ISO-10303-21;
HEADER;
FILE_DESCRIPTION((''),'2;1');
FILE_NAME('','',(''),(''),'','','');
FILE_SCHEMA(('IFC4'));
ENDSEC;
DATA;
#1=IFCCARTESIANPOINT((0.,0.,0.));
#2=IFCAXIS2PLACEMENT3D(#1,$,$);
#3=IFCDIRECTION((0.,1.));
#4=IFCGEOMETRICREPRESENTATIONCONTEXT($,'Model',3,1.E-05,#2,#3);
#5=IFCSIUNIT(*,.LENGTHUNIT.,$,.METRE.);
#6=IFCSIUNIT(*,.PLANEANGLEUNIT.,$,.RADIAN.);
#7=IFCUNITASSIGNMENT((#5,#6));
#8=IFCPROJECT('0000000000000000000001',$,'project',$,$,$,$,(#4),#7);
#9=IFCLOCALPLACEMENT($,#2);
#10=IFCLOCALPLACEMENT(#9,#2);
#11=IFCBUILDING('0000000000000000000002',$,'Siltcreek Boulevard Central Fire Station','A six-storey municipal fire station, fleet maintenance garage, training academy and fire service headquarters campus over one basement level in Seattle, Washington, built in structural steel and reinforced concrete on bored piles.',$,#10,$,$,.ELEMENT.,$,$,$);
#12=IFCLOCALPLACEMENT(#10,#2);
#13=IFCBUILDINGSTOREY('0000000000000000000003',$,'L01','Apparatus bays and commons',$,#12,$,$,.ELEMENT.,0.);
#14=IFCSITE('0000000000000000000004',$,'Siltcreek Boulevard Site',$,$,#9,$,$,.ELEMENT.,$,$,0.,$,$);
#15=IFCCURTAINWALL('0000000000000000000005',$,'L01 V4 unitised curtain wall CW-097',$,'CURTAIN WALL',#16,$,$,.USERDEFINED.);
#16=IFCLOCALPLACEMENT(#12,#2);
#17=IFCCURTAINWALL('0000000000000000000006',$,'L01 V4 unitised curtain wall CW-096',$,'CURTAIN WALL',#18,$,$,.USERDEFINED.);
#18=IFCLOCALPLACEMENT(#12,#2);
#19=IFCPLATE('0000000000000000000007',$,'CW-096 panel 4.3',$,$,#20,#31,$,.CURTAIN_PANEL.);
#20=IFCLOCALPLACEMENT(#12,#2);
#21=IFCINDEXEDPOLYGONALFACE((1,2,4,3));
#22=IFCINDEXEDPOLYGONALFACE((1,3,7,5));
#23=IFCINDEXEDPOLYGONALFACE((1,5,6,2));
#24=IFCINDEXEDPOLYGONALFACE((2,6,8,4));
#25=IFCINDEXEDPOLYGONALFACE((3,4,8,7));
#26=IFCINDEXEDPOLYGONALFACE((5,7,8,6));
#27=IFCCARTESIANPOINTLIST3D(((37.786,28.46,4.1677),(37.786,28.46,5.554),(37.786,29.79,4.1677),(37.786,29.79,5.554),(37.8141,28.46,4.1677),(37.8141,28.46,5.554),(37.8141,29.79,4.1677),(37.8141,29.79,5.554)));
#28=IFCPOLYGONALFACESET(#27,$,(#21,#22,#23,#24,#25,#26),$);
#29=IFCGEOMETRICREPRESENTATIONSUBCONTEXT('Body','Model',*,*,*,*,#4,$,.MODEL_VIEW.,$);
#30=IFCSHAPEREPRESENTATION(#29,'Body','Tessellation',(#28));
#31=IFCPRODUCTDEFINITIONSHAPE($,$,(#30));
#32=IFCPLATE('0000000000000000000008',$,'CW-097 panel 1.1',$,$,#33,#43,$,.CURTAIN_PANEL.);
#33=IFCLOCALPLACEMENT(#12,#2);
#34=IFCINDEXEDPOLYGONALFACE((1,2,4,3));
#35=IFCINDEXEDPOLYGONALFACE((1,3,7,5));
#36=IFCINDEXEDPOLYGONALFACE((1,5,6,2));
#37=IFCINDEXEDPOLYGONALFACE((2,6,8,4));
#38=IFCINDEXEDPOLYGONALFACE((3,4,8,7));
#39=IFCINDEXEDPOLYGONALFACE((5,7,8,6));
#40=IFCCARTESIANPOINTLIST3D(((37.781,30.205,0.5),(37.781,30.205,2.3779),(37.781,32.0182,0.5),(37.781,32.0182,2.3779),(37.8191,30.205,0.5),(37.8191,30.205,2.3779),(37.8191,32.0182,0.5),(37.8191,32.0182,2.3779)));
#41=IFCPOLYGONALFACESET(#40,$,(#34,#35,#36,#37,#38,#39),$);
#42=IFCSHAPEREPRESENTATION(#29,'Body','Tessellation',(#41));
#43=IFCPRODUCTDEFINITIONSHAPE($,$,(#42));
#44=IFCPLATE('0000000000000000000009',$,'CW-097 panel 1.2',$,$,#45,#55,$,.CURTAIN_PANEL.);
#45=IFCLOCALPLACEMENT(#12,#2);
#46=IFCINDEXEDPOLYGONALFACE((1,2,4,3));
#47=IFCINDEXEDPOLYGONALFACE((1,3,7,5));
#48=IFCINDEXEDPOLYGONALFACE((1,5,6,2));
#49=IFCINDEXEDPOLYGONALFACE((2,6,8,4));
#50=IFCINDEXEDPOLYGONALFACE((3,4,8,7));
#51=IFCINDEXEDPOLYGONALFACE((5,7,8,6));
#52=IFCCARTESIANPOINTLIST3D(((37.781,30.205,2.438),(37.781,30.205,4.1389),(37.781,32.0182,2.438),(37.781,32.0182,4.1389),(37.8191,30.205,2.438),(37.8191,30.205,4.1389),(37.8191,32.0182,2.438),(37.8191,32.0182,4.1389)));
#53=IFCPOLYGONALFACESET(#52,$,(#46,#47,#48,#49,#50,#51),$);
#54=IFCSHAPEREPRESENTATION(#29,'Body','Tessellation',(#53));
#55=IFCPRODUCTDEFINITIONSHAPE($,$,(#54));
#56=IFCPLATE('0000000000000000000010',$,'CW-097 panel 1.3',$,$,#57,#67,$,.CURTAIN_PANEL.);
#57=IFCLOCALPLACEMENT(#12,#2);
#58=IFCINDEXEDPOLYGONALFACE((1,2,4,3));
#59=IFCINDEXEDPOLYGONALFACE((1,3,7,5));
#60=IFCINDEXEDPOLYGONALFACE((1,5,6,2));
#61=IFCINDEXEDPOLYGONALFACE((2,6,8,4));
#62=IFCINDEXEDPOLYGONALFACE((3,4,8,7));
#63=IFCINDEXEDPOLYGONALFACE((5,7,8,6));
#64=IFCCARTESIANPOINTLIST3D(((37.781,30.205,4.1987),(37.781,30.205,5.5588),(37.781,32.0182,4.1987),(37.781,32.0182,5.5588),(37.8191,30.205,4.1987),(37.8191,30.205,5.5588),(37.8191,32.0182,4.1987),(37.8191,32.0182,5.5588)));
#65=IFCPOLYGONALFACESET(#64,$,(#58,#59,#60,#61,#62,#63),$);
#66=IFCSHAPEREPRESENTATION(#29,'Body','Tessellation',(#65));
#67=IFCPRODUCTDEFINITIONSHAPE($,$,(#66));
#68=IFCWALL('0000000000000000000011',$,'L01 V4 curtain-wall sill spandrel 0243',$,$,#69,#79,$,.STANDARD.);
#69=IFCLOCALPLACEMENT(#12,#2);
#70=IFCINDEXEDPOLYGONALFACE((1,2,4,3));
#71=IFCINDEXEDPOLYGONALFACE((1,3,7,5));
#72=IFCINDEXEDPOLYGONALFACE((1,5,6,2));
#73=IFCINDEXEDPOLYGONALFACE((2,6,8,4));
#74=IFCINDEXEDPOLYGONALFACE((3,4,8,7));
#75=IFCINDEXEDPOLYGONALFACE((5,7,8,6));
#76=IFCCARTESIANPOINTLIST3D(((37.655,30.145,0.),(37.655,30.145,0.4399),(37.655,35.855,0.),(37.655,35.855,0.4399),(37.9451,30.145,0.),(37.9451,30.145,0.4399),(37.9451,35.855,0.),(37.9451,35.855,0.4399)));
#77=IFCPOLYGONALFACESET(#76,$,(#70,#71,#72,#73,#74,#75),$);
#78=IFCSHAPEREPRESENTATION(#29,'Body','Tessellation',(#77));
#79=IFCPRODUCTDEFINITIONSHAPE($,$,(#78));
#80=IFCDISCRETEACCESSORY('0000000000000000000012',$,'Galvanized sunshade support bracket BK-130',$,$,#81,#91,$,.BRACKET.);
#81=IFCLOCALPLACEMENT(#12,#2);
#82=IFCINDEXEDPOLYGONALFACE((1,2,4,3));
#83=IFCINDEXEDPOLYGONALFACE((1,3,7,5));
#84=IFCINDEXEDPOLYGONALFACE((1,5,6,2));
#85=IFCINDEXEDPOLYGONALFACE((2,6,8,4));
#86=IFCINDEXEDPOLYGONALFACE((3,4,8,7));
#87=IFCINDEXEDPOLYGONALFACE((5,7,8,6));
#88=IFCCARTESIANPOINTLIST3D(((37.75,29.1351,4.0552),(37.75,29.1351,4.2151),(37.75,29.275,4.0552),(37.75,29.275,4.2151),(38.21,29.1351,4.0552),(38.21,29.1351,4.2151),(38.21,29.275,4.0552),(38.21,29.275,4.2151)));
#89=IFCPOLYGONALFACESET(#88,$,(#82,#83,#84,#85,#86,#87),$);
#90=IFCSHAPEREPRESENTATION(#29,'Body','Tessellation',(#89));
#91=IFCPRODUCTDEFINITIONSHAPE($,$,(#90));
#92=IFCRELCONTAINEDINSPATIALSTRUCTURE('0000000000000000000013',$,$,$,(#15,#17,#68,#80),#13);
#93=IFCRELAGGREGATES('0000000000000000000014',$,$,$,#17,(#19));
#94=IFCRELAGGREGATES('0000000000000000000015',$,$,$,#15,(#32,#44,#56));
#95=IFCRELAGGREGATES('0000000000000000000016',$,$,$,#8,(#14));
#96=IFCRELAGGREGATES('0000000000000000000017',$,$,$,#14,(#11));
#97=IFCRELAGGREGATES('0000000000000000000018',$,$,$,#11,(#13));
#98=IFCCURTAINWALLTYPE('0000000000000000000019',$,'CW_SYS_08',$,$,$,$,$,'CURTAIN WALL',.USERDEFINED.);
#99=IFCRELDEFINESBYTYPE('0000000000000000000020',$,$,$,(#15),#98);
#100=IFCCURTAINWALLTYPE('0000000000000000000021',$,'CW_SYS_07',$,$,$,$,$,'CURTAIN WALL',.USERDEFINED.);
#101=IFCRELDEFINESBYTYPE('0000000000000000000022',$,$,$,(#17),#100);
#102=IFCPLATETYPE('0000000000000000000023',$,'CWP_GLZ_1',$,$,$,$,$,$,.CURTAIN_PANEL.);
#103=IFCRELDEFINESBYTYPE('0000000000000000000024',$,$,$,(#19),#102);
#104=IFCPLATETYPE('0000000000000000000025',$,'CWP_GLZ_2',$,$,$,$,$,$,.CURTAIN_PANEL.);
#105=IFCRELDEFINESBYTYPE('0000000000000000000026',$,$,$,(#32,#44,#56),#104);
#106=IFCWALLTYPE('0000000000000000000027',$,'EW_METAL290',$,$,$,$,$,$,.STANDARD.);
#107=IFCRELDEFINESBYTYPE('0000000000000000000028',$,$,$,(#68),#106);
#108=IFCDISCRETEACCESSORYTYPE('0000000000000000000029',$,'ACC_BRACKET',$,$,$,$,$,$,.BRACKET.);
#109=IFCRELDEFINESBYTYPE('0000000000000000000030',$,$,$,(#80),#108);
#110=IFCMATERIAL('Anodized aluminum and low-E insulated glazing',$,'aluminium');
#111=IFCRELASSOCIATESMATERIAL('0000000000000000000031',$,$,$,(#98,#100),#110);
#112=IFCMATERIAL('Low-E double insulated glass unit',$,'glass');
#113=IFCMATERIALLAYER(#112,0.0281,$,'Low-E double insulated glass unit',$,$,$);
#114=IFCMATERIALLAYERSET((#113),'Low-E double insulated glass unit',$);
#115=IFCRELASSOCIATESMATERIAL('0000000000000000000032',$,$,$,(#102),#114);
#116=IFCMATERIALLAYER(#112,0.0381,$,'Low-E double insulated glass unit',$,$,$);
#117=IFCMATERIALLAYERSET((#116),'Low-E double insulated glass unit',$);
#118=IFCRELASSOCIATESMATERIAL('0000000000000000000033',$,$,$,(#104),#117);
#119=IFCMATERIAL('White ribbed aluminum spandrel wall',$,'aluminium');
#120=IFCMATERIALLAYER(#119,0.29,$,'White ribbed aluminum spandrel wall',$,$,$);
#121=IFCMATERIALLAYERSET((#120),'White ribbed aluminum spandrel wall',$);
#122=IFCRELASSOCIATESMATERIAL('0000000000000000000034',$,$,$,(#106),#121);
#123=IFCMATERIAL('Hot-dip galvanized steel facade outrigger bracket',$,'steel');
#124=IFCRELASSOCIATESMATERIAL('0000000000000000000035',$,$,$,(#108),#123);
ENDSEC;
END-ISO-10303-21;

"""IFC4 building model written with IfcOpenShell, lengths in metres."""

from ifc_helpers import new_model, si_unit, direction, frame, frame_2d, origin, origin_2d, place, context, subcontext, project, spatial, rectangle, extrude, material, layer, layer_set, type_object, element, aggregate, save


model = new_model("IFC4")

# Units and contexts
model_context = context("Model", 3, precision=1e-05, world=origin(), true_north=direction((0.0, 1.0)))
body_context = subcontext(model_context, "Body", "Model", "MODEL_VIEW")
ifc_project = project(units=[si_unit("LENGTHUNIT", "METRE"), si_unit("PLANEANGLEUNIT", "RADIAN")], contexts=[model_context])

# Site, building, storey
site_placement = place(None, origin())
site = spatial("IfcSite", under=ifc_project, at=site_placement, Name="Siltcreek Boulevard Site", CompositionType="ELEMENT", RefElevation=0.0)
building_placement = place(site_placement, origin())
building = spatial("IfcBuilding", under=site, at=building_placement, Name="Siltcreek Boulevard Central Fire Station", Description="A six-storey municipal fire station, fleet maintenance garage, training academy and fire service headquarters campus over one basement level in Seattle, Washington, built in structural steel and reinforced concrete on bored piles.", CompositionType="ELEMENT")
storey_placement = place(building_placement, origin())
storey = spatial("IfcBuildingStorey", under=building, at=storey_placement, Name="L01", Description="Apparatus bays and commons", CompositionType="ELEMENT", Elevation=0.0)

# Curtain walls
ifc_material_1 = material(Name="Anodized aluminum and low-E insulated glazing", Category="aluminium")
curtain_wall_type_1 = type_object("IfcCurtainWallType", Name="CW_SYS_08", ElementType="CURTAIN WALL", PredefinedType="USERDEFINED", material=ifc_material_1)
curtain_wall_1_placement = place(storey_placement, origin())
curtain_wall_1 = element("IfcCurtainWall", 1, at=curtain_wall_1_placement, inside=storey, type_object=curtain_wall_type_1, Name="L01 V4 unitised curtain wall CW-097", ObjectType="CURTAIN WALL", PredefinedType="USERDEFINED")
curtain_wall_type_2 = type_object("IfcCurtainWallType", Name="CW_SYS_07", ElementType="CURTAIN WALL", PredefinedType="USERDEFINED", material=ifc_material_1)
curtain_wall_2_placement = place(storey_placement, origin())
curtain_wall_2 = element("IfcCurtainWall", 2, at=curtain_wall_2_placement, inside=storey, type_object=curtain_wall_type_2, Name="L01 V4 unitised curtain wall CW-096", ObjectType="CURTAIN WALL", PredefinedType="USERDEFINED")

# Plates
ifc_material_2 = material(Name="Low-E double insulated glass unit", Category="glass")
ifc_layer_1 = layer(ifc_material_2, 0.0281, Name="Low-E double insulated glass unit")
ifc_layer_set_1 = layer_set([ifc_layer_1], Name="Low-E double insulated glass unit")
plate_type_1 = type_object("IfcPlateType", Name="CWP_GLZ_1", PredefinedType="CURTAIN_PANEL", material=ifc_layer_set_1)
plate_1_placement = place(storey_placement, frame((37.8, 29.125, 4.1677), z_axis=(0.0, 0.0, 1.0), x_axis=(0.0, 1.0, 0.0)))
plate_1 = element("IfcPlate", 3, at=plate_1_placement, type_object=plate_type_1, Name="CW-096 panel 4.3", PredefinedType="CURTAIN_PANEL", context=body_context, shape_type="SweptSolid", body=[
    extrude(rectangle(XDim=1.3301, YDim=0.0281, at=origin_2d()), origin(), (0.0, 0.0, 1.0), 1.3862),
])
aggregate(curtain_wall_2, [plate_1])
ifc_layer_2 = layer(ifc_material_2, 0.0381, Name="Low-E double insulated glass unit")
ifc_layer_set_2 = layer_set([ifc_layer_2], Name="Low-E double insulated glass unit")
plate_type_2 = type_object("IfcPlateType", Name="CWP_GLZ_2", PredefinedType="CURTAIN_PANEL", material=ifc_layer_set_2)
plate_2_placement = place(storey_placement, frame((37.8, 31.1116, 0.5), z_axis=(0.0, 0.0, 1.0), x_axis=(0.0, 1.0, 0.0)))
plate_2 = element("IfcPlate", 4, at=plate_2_placement, type_object=plate_type_2, Name="CW-097 panel 1.1", PredefinedType="CURTAIN_PANEL", context=body_context, shape_type="SweptSolid", body=[
    extrude(rectangle(XDim=1.8132, YDim=0.0381, at=origin_2d()), origin(), (0.0, 0.0, 1.0), 1.8779),
])
plate_3_placement = place(storey_placement, frame((37.8, 31.1116, 2.438), z_axis=(0.0, 0.0, 1.0), x_axis=(0.0, 1.0, 0.0)))
plate_3 = element("IfcPlate", 5, at=plate_3_placement, type_object=plate_type_2, Name="CW-097 panel 1.2", PredefinedType="CURTAIN_PANEL", context=body_context, shape_type="SweptSolid", body=[
    extrude(rectangle(XDim=1.8132, YDim=0.0381, at=origin_2d()), origin(), (0.0, 0.0, 1.0), 1.7009),
])
plate_4_placement = place(storey_placement, frame((37.8, 31.1116, 4.1987), z_axis=(0.0, 0.0, 1.0), x_axis=(0.0, 1.0, 0.0)))
plate_4 = element("IfcPlate", 6, at=plate_4_placement, type_object=plate_type_2, Name="CW-097 panel 1.3", PredefinedType="CURTAIN_PANEL", context=body_context, shape_type="SweptSolid", body=[
    extrude(rectangle(XDim=1.8132, YDim=0.0381, at=origin_2d()), origin(), (0.0, 0.0, 1.0), 1.3601),
])
aggregate(curtain_wall_1, [plate_2, plate_3, plate_4])

# Wall
ifc_material_3 = material(Name="White ribbed aluminum spandrel wall", Category="aluminium")
ifc_layer_3 = layer(ifc_material_3, 0.29, Name="White ribbed aluminum spandrel wall")
ifc_layer_set_3 = layer_set([ifc_layer_3], Name="White ribbed aluminum spandrel wall")
wall_type = type_object("IfcWallType", Name="EW_METAL290", PredefinedType="STANDARD", material=ifc_layer_set_3)
wall_placement = place(storey_placement, frame((37.8, 30.145, 0.0), z_axis=(0.0, 0.0, 1.0), x_axis=(0.0, 1.0, 0.0)))
element("IfcWall", 7, at=wall_placement, inside=storey, type_object=wall_type, Name="L01 V4 curtain-wall sill spandrel 0243", PredefinedType="STANDARD", context=body_context, shape_type="SweptSolid", body=[
    extrude(rectangle(XDim=5.71, YDim=0.29, at=frame_2d((2.855, 0.0))), origin(), (0.0, 0.0, 1.0), 0.4399),
])

# Discrete accessory
ifc_material_4 = material(Name="Hot-dip galvanized steel facade outrigger bracket", Category="steel")
discrete_accessory_type = type_object("IfcDiscreteAccessoryType", Name="ACC_BRACKET", PredefinedType="BRACKET", material=ifc_material_4)
discrete_accessory_placement = place(storey_placement, frame((37.98, 29.2051, 4.0552), z_axis=(0.0, 0.0, 1.0), x_axis=(0.0, 1.0, 0.0)))
element("IfcDiscreteAccessory", 8, at=discrete_accessory_placement, inside=storey, type_object=discrete_accessory_type, Name="Galvanized sunshade support bracket BK-130", PredefinedType="BRACKET", context=body_context, shape_type="SweptSolid", body=[
    extrude(rectangle(XDim=0.1399, YDim=0.46, at=origin_2d()), origin(), (0.0, 0.0, 1.0), 0.1599),
])

save(model, "model.ifc")
